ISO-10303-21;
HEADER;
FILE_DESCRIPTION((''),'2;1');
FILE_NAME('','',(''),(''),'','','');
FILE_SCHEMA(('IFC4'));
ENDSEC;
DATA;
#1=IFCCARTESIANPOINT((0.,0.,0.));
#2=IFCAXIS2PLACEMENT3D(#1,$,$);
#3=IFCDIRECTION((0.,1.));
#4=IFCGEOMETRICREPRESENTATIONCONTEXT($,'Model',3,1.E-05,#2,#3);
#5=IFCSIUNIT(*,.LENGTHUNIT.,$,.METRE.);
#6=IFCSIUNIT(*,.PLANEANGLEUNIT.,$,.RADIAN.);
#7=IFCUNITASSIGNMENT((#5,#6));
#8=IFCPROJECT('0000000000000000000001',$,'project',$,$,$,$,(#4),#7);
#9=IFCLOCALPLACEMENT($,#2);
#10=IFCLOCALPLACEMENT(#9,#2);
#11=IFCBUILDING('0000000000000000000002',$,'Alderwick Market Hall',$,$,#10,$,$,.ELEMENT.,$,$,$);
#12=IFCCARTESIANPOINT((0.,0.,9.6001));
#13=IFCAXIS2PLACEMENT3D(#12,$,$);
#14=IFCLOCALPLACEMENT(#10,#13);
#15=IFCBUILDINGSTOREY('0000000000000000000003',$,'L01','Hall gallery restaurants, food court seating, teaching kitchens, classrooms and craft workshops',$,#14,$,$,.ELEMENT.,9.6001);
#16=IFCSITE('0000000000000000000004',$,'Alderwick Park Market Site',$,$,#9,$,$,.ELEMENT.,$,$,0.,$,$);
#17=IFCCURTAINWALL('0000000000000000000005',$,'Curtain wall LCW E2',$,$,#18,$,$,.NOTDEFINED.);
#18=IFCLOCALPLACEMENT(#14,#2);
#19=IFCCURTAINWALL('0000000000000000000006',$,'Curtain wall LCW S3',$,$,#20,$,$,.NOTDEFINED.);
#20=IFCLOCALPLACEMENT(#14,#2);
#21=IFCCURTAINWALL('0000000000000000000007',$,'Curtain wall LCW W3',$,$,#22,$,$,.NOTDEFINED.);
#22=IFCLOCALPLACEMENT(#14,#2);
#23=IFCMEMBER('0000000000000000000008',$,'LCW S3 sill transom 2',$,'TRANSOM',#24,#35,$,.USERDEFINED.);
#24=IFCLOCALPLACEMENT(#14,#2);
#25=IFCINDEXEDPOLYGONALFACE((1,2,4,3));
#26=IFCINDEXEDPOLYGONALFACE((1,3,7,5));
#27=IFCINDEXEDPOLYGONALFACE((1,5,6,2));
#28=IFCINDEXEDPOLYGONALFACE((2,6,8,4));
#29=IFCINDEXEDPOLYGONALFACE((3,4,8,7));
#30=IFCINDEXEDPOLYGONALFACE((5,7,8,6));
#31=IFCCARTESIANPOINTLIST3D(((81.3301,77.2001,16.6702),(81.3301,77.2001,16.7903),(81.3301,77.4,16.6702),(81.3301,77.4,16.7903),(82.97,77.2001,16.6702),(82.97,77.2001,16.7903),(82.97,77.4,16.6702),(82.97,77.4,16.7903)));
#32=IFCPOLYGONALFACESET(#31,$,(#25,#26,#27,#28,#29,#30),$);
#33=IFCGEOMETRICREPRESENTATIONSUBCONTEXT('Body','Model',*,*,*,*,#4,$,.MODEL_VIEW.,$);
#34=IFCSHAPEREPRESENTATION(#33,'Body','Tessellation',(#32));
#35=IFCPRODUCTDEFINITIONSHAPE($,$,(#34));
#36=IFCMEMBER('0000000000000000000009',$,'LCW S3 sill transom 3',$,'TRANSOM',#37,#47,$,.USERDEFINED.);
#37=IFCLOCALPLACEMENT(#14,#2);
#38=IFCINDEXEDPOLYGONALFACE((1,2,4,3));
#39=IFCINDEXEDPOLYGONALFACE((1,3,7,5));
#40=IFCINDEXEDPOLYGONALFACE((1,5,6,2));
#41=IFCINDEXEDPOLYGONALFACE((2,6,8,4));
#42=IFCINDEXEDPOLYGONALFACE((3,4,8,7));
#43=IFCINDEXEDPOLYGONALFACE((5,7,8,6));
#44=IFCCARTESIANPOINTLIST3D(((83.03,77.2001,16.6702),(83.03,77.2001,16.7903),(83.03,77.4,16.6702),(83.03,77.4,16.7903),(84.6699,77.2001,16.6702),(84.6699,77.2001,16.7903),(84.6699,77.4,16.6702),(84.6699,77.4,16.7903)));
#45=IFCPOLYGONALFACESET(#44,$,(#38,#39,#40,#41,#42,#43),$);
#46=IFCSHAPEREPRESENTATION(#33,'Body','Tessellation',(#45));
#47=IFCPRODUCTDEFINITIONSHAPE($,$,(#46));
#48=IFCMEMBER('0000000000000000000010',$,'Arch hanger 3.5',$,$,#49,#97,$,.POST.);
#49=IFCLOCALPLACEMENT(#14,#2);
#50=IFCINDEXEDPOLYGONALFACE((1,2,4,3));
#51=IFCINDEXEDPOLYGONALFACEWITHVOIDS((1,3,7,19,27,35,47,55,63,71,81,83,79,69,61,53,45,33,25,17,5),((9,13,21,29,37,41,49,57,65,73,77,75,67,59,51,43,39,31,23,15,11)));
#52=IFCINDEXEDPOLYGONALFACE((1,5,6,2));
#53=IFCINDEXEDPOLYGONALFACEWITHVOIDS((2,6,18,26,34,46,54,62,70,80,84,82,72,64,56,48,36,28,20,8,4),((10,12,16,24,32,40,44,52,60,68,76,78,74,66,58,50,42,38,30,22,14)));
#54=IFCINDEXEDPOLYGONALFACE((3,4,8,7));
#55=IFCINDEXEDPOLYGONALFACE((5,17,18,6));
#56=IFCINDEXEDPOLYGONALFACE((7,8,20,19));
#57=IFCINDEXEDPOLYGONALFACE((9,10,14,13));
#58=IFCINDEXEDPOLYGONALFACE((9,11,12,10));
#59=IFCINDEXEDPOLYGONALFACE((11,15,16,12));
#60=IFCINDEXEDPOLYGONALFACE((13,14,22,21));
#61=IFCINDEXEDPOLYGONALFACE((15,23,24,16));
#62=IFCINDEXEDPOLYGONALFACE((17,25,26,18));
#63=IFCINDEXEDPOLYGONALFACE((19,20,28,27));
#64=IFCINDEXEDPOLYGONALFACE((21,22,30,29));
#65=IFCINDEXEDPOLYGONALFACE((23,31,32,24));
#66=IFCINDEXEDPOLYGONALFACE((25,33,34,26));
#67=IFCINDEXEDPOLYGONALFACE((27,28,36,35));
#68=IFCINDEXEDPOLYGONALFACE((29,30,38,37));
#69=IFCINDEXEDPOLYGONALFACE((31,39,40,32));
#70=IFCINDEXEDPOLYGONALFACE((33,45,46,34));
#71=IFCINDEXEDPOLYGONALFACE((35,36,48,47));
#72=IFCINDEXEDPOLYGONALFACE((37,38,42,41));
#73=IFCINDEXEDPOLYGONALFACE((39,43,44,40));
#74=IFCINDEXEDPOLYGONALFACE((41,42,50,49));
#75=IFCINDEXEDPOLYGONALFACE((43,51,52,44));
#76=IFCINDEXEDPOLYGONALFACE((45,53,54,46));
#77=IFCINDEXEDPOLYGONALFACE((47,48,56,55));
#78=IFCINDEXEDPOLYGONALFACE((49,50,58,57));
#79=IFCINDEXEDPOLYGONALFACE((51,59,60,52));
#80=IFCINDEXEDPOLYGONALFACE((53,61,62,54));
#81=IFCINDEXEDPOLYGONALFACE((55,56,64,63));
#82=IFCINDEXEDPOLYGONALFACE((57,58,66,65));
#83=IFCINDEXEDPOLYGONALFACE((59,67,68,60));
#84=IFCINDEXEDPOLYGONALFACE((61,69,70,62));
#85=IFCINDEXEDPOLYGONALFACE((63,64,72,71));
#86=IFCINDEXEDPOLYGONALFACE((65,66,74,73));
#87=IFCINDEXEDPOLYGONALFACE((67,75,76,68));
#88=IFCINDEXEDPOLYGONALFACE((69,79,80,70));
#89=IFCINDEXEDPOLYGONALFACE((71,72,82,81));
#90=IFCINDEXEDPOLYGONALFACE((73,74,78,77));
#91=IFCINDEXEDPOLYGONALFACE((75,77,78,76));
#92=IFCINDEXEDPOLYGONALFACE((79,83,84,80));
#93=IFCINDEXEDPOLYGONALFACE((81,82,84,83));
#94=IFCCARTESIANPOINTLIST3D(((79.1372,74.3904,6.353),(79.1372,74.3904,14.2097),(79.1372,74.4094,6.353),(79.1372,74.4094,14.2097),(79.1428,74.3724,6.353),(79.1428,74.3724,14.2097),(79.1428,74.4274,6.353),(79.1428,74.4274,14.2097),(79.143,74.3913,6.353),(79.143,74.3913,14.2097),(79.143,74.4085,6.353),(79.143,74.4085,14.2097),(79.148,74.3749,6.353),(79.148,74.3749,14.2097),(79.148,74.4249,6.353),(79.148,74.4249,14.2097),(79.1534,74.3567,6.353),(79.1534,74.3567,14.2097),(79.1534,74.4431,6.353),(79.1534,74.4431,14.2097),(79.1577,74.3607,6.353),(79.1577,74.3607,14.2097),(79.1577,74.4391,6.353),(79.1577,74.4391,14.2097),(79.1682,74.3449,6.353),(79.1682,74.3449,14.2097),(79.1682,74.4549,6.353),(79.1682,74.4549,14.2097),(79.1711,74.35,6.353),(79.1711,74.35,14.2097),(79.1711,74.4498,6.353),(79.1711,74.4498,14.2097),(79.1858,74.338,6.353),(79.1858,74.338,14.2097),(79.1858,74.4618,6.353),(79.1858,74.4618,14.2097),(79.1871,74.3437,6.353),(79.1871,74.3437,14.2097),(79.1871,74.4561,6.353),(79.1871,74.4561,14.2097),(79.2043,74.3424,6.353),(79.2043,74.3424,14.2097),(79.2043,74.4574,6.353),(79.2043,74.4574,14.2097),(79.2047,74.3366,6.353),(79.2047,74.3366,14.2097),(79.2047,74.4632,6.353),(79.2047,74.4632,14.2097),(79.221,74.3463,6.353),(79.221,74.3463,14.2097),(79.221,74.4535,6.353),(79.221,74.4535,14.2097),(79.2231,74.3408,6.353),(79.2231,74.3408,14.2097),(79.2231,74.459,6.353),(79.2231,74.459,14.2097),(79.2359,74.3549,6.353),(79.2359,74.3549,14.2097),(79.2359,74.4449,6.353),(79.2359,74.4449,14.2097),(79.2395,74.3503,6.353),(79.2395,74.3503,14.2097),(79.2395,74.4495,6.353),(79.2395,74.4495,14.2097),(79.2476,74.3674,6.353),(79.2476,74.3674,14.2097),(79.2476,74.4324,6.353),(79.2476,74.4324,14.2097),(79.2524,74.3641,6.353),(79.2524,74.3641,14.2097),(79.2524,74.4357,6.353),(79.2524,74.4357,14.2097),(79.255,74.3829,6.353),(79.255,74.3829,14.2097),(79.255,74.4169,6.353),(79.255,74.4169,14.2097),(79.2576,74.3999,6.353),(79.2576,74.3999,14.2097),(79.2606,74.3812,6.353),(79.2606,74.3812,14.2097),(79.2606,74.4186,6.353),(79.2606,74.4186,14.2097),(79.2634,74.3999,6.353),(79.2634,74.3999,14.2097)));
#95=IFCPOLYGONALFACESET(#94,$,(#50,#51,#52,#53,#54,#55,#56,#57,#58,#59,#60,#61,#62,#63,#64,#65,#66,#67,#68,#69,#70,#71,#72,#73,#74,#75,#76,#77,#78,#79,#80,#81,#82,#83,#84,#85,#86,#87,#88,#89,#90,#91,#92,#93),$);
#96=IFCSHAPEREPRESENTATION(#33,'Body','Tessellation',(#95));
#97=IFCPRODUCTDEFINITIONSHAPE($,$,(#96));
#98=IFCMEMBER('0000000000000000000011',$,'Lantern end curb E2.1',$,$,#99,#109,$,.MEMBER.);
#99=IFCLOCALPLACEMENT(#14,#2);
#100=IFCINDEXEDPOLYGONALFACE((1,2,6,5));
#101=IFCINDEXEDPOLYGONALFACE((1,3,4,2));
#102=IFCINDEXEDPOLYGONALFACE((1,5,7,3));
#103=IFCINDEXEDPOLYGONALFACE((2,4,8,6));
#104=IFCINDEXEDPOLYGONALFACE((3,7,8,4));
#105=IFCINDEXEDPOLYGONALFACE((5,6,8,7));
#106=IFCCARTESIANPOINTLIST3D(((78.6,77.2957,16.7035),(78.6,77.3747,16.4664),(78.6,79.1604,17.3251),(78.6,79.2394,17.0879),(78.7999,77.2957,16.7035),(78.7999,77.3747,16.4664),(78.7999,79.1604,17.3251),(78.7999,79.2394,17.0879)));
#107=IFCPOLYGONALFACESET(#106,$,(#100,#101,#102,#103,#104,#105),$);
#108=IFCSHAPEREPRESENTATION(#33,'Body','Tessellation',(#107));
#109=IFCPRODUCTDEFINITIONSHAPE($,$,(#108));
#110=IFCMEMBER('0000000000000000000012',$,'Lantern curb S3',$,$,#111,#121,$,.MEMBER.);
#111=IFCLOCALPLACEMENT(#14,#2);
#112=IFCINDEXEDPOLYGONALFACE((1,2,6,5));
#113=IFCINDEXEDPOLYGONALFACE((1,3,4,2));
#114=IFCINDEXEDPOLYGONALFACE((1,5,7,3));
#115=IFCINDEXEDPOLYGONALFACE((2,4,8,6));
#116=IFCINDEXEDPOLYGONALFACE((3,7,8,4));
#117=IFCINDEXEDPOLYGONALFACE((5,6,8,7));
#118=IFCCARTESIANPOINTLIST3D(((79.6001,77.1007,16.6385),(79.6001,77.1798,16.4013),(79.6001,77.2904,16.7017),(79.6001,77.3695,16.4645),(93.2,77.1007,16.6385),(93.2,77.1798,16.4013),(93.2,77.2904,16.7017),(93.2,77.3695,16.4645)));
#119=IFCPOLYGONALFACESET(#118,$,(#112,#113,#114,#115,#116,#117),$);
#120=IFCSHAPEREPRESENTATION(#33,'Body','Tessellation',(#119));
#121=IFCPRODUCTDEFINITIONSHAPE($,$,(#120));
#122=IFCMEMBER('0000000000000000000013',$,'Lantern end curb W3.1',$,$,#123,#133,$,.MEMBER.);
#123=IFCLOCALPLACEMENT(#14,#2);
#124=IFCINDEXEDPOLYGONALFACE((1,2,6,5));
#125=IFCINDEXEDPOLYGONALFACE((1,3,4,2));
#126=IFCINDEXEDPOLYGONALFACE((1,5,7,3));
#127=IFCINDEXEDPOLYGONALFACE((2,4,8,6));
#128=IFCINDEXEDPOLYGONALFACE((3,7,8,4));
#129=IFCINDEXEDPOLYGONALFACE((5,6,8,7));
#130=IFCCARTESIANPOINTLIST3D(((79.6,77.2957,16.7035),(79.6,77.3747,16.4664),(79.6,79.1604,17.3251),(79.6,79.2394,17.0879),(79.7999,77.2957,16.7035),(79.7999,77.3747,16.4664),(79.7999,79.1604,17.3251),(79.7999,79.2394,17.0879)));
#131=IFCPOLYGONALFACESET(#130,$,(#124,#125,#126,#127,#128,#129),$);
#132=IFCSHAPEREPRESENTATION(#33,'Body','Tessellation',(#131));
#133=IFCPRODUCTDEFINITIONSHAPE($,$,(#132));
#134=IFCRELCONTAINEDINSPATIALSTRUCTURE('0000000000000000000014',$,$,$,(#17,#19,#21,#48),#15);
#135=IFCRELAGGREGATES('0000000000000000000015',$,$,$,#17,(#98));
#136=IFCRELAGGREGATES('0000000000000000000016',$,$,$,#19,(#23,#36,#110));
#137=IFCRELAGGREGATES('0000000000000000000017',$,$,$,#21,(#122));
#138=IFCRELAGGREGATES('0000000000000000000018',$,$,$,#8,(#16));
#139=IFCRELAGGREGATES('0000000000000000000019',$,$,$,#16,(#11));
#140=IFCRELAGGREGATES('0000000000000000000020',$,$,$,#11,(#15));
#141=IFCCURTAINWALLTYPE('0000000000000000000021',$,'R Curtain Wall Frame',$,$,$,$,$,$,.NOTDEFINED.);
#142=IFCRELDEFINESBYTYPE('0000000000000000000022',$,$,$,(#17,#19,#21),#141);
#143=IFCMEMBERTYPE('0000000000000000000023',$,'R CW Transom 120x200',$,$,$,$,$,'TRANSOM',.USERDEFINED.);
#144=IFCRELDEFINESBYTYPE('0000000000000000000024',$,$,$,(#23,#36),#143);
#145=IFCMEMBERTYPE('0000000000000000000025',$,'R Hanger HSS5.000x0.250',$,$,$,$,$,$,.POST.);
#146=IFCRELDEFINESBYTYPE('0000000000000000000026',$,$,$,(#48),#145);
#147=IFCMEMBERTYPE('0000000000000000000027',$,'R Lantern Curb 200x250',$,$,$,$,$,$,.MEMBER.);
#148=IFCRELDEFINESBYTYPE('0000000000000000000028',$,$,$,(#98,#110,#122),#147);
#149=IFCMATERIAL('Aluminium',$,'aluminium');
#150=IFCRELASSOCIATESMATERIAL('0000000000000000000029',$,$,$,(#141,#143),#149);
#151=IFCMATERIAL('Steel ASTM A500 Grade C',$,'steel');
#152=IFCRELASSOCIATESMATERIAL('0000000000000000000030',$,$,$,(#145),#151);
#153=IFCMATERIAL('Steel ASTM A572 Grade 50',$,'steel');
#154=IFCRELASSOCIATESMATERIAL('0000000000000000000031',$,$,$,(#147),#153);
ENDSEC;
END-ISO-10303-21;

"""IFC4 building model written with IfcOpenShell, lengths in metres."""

from ifc_helpers import new_model, si_unit, direction, frame, origin, origin_2d, place, context, subcontext, project, spatial, rectangle, hollow_circle, extrude, material, material_profile, profile_set, type_object, element, aggregate, save


model = new_model("IFC4")

# Units and contexts
model_context = context("Model", 3, precision=1e-05, world=origin(), true_north=direction((0.0, 1.0)))
body_context = subcontext(model_context, "Body", "Model", "MODEL_VIEW")
ifc_project = project(units=[si_unit("LENGTHUNIT", "METRE"), si_unit("PLANEANGLEUNIT", "RADIAN")], contexts=[model_context])

# Site, building, storey
site_placement = place(None, origin())
site = spatial("IfcSite", under=ifc_project, at=site_placement, Name="Alderwick Park Market Site", CompositionType="ELEMENT", RefElevation=0.0)
building_placement = place(site_placement, origin())
building = spatial("IfcBuilding", under=site, at=building_placement, Name="Alderwick Market Hall", CompositionType="ELEMENT")
storey_placement = place(building_placement, frame((0.0, 0.0, 9.6001)))
storey = spatial("IfcBuildingStorey", under=building, at=storey_placement, Name="L01", Description="Hall gallery restaurants, food court seating, teaching kitchens, classrooms and craft workshops", CompositionType="ELEMENT", Elevation=9.6001)

# Shared definitions
ifc_material_1 = material(Name="Aluminium", Category="aluminium")
curtain_wall_type = type_object("IfcCurtainWallType", Name="R Curtain Wall Frame", PredefinedType="NOTDEFINED", material=ifc_material_1)

# Curtain wall
curtain_wall_1_placement = place(storey_placement, origin())
curtain_wall_1 = element("IfcCurtainWall", 1, at=curtain_wall_1_placement, inside=storey, type_object=curtain_wall_type, Name="Curtain wall LCW E2", PredefinedType="NOTDEFINED")

# Curtain wall
curtain_wall_2_placement = place(storey_placement, origin())
curtain_wall_2 = element("IfcCurtainWall", 2, at=curtain_wall_2_placement, inside=storey, type_object=curtain_wall_type, Name="Curtain wall LCW S3", PredefinedType="NOTDEFINED")

# Curtain wall
curtain_wall_3_placement = place(storey_placement, origin())
curtain_wall_3 = element("IfcCurtainWall", 3, at=curtain_wall_3_placement, inside=storey, type_object=curtain_wall_type, Name="Curtain wall LCW W3", PredefinedType="NOTDEFINED")

# Members
ifc_material_profile_1 = material_profile(ifc_material_1, rectangle(XDim=0.2, YDim=0.1201, at=origin_2d()), Name="AL 120x200")
ifc_profile_set_1 = profile_set([ifc_material_profile_1], Name="Aluminium")
member_type_1 = type_object("IfcMemberType", Name="R CW Transom 120x200", ElementType="TRANSOM", PredefinedType="USERDEFINED", material=ifc_profile_set_1)
member_1_placement = place(storey_placement, frame((81.3301, 77.3, 16.7302), z_axis=(1.0, 0.0, 0.0), x_axis=(0.0, 1.0, 0.0)))
member_1 = element("IfcMember", 4, at=member_1_placement, type_object=member_type_1, Name="LCW S3 sill transom 2", ObjectType="TRANSOM", PredefinedType="USERDEFINED", context=body_context, shape_type="SweptSolid", body=[
    extrude(rectangle(XDim=0.2, YDim=0.1201, at=origin_2d()), origin(), (0.0, 0.0, 1.0), 1.6399),
])
member_2_placement = place(storey_placement, frame((83.03, 77.3, 16.7302), z_axis=(1.0, 0.0, 0.0), x_axis=(0.0, 1.0, 0.0)))
member_2 = element("IfcMember", 5, at=member_2_placement, type_object=member_type_1, Name="LCW S3 sill transom 3", ObjectType="TRANSOM", PredefinedType="USERDEFINED", context=body_context, shape_type="SweptSolid", body=[
    extrude(rectangle(XDim=0.2, YDim=0.1201, at=origin_2d()), origin(), (0.0, 0.0, 1.0), 1.6399),
])
ifc_material_2 = material(Name="Steel ASTM A500 Grade C", Category="steel")
ifc_material_profile_2 = material_profile(ifc_material_2, hollow_circle(Radius=0.0635, WallThickness=0.0059, at=origin_2d()), Name="HSS5.000x0.250")
ifc_profile_set_2 = profile_set([ifc_material_profile_2], Name="Steel ASTM A500 Grade C")
member_type_2 = type_object("IfcMemberType", Name="R Hanger HSS5.000x0.250", PredefinedType="POST", material=ifc_profile_set_2)
member_3_placement = place(storey_placement, frame((79.2, 74.3999, 6.353), z_axis=(0.0, 0.0, 1.0), x_axis=(1.0, 0.0, 0.0)))
element("IfcMember", 6, at=member_3_placement, inside=storey, type_object=member_type_2, Name="Arch hanger 3.5", PredefinedType="POST", context=body_context, shape_type="SweptSolid", body=[
    extrude(hollow_circle(Radius=0.0635, WallThickness=0.0059, at=origin_2d()), origin(), (0.0, 0.0, 1.0), 7.8567),
])
ifc_material_3 = material(Name="Steel ASTM A572 Grade 50", Category="steel")
ifc_material_profile_3 = material_profile(ifc_material_3, rectangle(XDim=0.2, YDim=0.25, at=origin_2d()), Name="Steel plate curb 200x250")
ifc_profile_set_3 = profile_set([ifc_material_profile_3], Name="Steel ASTM A572 Grade 50")
member_type_3 = type_object("IfcMemberType", Name="R Lantern Curb 200x250", PredefinedType="MEMBER", material=ifc_profile_set_3)
member_4_placement = place(storey_placement, frame((78.7, 77.3352, 16.585), z_axis=(0.0, 0.948683, 0.316228), x_axis=(-1.0, 0.0, 0.0)))
member_4 = element("IfcMember", 7, at=member_4_placement, type_object=member_type_3, Name="Lantern end curb E2.1", PredefinedType="MEMBER", context=body_context, shape_type="SweptSolid", body=[
    extrude(rectangle(XDim=0.2, YDim=0.25, at=origin_2d()), origin(), (0.0, 0.0, 1.0), 1.9656),
])
aggregate(curtain_wall_1, [member_4])
member_5_placement = place(storey_placement, frame((79.6001, 77.2351, 16.5515), z_axis=(1.0, 0.0, 0.0), x_axis=(0.0, 0.948683, 0.316228)))
member_5 = element("IfcMember", 8, at=member_5_placement, type_object=member_type_3, Name="Lantern curb S3", PredefinedType="MEMBER", context=body_context, shape_type="SweptSolid", body=[
    extrude(rectangle(XDim=0.2, YDim=0.25, at=origin_2d()), origin(), (0.0, 0.0, 1.0), 13.5999),
])
aggregate(curtain_wall_2, [member_1, member_2, member_5])
member_6_placement = place(storey_placement, frame((79.7, 77.3352, 16.585), z_axis=(0.0, 0.948683, 0.316228), x_axis=(-1.0, 0.0, 0.0)))
member_6 = element("IfcMember", 9, at=member_6_placement, type_object=member_type_3, Name="Lantern end curb W3.1", PredefinedType="MEMBER", context=body_context, shape_type="SweptSolid", body=[
    extrude(rectangle(XDim=0.2, YDim=0.25, at=origin_2d()), origin(), (0.0, 0.0, 1.0), 1.9656),
])
aggregate(curtain_wall_3, [member_6])

save(model, "model.ifc")
